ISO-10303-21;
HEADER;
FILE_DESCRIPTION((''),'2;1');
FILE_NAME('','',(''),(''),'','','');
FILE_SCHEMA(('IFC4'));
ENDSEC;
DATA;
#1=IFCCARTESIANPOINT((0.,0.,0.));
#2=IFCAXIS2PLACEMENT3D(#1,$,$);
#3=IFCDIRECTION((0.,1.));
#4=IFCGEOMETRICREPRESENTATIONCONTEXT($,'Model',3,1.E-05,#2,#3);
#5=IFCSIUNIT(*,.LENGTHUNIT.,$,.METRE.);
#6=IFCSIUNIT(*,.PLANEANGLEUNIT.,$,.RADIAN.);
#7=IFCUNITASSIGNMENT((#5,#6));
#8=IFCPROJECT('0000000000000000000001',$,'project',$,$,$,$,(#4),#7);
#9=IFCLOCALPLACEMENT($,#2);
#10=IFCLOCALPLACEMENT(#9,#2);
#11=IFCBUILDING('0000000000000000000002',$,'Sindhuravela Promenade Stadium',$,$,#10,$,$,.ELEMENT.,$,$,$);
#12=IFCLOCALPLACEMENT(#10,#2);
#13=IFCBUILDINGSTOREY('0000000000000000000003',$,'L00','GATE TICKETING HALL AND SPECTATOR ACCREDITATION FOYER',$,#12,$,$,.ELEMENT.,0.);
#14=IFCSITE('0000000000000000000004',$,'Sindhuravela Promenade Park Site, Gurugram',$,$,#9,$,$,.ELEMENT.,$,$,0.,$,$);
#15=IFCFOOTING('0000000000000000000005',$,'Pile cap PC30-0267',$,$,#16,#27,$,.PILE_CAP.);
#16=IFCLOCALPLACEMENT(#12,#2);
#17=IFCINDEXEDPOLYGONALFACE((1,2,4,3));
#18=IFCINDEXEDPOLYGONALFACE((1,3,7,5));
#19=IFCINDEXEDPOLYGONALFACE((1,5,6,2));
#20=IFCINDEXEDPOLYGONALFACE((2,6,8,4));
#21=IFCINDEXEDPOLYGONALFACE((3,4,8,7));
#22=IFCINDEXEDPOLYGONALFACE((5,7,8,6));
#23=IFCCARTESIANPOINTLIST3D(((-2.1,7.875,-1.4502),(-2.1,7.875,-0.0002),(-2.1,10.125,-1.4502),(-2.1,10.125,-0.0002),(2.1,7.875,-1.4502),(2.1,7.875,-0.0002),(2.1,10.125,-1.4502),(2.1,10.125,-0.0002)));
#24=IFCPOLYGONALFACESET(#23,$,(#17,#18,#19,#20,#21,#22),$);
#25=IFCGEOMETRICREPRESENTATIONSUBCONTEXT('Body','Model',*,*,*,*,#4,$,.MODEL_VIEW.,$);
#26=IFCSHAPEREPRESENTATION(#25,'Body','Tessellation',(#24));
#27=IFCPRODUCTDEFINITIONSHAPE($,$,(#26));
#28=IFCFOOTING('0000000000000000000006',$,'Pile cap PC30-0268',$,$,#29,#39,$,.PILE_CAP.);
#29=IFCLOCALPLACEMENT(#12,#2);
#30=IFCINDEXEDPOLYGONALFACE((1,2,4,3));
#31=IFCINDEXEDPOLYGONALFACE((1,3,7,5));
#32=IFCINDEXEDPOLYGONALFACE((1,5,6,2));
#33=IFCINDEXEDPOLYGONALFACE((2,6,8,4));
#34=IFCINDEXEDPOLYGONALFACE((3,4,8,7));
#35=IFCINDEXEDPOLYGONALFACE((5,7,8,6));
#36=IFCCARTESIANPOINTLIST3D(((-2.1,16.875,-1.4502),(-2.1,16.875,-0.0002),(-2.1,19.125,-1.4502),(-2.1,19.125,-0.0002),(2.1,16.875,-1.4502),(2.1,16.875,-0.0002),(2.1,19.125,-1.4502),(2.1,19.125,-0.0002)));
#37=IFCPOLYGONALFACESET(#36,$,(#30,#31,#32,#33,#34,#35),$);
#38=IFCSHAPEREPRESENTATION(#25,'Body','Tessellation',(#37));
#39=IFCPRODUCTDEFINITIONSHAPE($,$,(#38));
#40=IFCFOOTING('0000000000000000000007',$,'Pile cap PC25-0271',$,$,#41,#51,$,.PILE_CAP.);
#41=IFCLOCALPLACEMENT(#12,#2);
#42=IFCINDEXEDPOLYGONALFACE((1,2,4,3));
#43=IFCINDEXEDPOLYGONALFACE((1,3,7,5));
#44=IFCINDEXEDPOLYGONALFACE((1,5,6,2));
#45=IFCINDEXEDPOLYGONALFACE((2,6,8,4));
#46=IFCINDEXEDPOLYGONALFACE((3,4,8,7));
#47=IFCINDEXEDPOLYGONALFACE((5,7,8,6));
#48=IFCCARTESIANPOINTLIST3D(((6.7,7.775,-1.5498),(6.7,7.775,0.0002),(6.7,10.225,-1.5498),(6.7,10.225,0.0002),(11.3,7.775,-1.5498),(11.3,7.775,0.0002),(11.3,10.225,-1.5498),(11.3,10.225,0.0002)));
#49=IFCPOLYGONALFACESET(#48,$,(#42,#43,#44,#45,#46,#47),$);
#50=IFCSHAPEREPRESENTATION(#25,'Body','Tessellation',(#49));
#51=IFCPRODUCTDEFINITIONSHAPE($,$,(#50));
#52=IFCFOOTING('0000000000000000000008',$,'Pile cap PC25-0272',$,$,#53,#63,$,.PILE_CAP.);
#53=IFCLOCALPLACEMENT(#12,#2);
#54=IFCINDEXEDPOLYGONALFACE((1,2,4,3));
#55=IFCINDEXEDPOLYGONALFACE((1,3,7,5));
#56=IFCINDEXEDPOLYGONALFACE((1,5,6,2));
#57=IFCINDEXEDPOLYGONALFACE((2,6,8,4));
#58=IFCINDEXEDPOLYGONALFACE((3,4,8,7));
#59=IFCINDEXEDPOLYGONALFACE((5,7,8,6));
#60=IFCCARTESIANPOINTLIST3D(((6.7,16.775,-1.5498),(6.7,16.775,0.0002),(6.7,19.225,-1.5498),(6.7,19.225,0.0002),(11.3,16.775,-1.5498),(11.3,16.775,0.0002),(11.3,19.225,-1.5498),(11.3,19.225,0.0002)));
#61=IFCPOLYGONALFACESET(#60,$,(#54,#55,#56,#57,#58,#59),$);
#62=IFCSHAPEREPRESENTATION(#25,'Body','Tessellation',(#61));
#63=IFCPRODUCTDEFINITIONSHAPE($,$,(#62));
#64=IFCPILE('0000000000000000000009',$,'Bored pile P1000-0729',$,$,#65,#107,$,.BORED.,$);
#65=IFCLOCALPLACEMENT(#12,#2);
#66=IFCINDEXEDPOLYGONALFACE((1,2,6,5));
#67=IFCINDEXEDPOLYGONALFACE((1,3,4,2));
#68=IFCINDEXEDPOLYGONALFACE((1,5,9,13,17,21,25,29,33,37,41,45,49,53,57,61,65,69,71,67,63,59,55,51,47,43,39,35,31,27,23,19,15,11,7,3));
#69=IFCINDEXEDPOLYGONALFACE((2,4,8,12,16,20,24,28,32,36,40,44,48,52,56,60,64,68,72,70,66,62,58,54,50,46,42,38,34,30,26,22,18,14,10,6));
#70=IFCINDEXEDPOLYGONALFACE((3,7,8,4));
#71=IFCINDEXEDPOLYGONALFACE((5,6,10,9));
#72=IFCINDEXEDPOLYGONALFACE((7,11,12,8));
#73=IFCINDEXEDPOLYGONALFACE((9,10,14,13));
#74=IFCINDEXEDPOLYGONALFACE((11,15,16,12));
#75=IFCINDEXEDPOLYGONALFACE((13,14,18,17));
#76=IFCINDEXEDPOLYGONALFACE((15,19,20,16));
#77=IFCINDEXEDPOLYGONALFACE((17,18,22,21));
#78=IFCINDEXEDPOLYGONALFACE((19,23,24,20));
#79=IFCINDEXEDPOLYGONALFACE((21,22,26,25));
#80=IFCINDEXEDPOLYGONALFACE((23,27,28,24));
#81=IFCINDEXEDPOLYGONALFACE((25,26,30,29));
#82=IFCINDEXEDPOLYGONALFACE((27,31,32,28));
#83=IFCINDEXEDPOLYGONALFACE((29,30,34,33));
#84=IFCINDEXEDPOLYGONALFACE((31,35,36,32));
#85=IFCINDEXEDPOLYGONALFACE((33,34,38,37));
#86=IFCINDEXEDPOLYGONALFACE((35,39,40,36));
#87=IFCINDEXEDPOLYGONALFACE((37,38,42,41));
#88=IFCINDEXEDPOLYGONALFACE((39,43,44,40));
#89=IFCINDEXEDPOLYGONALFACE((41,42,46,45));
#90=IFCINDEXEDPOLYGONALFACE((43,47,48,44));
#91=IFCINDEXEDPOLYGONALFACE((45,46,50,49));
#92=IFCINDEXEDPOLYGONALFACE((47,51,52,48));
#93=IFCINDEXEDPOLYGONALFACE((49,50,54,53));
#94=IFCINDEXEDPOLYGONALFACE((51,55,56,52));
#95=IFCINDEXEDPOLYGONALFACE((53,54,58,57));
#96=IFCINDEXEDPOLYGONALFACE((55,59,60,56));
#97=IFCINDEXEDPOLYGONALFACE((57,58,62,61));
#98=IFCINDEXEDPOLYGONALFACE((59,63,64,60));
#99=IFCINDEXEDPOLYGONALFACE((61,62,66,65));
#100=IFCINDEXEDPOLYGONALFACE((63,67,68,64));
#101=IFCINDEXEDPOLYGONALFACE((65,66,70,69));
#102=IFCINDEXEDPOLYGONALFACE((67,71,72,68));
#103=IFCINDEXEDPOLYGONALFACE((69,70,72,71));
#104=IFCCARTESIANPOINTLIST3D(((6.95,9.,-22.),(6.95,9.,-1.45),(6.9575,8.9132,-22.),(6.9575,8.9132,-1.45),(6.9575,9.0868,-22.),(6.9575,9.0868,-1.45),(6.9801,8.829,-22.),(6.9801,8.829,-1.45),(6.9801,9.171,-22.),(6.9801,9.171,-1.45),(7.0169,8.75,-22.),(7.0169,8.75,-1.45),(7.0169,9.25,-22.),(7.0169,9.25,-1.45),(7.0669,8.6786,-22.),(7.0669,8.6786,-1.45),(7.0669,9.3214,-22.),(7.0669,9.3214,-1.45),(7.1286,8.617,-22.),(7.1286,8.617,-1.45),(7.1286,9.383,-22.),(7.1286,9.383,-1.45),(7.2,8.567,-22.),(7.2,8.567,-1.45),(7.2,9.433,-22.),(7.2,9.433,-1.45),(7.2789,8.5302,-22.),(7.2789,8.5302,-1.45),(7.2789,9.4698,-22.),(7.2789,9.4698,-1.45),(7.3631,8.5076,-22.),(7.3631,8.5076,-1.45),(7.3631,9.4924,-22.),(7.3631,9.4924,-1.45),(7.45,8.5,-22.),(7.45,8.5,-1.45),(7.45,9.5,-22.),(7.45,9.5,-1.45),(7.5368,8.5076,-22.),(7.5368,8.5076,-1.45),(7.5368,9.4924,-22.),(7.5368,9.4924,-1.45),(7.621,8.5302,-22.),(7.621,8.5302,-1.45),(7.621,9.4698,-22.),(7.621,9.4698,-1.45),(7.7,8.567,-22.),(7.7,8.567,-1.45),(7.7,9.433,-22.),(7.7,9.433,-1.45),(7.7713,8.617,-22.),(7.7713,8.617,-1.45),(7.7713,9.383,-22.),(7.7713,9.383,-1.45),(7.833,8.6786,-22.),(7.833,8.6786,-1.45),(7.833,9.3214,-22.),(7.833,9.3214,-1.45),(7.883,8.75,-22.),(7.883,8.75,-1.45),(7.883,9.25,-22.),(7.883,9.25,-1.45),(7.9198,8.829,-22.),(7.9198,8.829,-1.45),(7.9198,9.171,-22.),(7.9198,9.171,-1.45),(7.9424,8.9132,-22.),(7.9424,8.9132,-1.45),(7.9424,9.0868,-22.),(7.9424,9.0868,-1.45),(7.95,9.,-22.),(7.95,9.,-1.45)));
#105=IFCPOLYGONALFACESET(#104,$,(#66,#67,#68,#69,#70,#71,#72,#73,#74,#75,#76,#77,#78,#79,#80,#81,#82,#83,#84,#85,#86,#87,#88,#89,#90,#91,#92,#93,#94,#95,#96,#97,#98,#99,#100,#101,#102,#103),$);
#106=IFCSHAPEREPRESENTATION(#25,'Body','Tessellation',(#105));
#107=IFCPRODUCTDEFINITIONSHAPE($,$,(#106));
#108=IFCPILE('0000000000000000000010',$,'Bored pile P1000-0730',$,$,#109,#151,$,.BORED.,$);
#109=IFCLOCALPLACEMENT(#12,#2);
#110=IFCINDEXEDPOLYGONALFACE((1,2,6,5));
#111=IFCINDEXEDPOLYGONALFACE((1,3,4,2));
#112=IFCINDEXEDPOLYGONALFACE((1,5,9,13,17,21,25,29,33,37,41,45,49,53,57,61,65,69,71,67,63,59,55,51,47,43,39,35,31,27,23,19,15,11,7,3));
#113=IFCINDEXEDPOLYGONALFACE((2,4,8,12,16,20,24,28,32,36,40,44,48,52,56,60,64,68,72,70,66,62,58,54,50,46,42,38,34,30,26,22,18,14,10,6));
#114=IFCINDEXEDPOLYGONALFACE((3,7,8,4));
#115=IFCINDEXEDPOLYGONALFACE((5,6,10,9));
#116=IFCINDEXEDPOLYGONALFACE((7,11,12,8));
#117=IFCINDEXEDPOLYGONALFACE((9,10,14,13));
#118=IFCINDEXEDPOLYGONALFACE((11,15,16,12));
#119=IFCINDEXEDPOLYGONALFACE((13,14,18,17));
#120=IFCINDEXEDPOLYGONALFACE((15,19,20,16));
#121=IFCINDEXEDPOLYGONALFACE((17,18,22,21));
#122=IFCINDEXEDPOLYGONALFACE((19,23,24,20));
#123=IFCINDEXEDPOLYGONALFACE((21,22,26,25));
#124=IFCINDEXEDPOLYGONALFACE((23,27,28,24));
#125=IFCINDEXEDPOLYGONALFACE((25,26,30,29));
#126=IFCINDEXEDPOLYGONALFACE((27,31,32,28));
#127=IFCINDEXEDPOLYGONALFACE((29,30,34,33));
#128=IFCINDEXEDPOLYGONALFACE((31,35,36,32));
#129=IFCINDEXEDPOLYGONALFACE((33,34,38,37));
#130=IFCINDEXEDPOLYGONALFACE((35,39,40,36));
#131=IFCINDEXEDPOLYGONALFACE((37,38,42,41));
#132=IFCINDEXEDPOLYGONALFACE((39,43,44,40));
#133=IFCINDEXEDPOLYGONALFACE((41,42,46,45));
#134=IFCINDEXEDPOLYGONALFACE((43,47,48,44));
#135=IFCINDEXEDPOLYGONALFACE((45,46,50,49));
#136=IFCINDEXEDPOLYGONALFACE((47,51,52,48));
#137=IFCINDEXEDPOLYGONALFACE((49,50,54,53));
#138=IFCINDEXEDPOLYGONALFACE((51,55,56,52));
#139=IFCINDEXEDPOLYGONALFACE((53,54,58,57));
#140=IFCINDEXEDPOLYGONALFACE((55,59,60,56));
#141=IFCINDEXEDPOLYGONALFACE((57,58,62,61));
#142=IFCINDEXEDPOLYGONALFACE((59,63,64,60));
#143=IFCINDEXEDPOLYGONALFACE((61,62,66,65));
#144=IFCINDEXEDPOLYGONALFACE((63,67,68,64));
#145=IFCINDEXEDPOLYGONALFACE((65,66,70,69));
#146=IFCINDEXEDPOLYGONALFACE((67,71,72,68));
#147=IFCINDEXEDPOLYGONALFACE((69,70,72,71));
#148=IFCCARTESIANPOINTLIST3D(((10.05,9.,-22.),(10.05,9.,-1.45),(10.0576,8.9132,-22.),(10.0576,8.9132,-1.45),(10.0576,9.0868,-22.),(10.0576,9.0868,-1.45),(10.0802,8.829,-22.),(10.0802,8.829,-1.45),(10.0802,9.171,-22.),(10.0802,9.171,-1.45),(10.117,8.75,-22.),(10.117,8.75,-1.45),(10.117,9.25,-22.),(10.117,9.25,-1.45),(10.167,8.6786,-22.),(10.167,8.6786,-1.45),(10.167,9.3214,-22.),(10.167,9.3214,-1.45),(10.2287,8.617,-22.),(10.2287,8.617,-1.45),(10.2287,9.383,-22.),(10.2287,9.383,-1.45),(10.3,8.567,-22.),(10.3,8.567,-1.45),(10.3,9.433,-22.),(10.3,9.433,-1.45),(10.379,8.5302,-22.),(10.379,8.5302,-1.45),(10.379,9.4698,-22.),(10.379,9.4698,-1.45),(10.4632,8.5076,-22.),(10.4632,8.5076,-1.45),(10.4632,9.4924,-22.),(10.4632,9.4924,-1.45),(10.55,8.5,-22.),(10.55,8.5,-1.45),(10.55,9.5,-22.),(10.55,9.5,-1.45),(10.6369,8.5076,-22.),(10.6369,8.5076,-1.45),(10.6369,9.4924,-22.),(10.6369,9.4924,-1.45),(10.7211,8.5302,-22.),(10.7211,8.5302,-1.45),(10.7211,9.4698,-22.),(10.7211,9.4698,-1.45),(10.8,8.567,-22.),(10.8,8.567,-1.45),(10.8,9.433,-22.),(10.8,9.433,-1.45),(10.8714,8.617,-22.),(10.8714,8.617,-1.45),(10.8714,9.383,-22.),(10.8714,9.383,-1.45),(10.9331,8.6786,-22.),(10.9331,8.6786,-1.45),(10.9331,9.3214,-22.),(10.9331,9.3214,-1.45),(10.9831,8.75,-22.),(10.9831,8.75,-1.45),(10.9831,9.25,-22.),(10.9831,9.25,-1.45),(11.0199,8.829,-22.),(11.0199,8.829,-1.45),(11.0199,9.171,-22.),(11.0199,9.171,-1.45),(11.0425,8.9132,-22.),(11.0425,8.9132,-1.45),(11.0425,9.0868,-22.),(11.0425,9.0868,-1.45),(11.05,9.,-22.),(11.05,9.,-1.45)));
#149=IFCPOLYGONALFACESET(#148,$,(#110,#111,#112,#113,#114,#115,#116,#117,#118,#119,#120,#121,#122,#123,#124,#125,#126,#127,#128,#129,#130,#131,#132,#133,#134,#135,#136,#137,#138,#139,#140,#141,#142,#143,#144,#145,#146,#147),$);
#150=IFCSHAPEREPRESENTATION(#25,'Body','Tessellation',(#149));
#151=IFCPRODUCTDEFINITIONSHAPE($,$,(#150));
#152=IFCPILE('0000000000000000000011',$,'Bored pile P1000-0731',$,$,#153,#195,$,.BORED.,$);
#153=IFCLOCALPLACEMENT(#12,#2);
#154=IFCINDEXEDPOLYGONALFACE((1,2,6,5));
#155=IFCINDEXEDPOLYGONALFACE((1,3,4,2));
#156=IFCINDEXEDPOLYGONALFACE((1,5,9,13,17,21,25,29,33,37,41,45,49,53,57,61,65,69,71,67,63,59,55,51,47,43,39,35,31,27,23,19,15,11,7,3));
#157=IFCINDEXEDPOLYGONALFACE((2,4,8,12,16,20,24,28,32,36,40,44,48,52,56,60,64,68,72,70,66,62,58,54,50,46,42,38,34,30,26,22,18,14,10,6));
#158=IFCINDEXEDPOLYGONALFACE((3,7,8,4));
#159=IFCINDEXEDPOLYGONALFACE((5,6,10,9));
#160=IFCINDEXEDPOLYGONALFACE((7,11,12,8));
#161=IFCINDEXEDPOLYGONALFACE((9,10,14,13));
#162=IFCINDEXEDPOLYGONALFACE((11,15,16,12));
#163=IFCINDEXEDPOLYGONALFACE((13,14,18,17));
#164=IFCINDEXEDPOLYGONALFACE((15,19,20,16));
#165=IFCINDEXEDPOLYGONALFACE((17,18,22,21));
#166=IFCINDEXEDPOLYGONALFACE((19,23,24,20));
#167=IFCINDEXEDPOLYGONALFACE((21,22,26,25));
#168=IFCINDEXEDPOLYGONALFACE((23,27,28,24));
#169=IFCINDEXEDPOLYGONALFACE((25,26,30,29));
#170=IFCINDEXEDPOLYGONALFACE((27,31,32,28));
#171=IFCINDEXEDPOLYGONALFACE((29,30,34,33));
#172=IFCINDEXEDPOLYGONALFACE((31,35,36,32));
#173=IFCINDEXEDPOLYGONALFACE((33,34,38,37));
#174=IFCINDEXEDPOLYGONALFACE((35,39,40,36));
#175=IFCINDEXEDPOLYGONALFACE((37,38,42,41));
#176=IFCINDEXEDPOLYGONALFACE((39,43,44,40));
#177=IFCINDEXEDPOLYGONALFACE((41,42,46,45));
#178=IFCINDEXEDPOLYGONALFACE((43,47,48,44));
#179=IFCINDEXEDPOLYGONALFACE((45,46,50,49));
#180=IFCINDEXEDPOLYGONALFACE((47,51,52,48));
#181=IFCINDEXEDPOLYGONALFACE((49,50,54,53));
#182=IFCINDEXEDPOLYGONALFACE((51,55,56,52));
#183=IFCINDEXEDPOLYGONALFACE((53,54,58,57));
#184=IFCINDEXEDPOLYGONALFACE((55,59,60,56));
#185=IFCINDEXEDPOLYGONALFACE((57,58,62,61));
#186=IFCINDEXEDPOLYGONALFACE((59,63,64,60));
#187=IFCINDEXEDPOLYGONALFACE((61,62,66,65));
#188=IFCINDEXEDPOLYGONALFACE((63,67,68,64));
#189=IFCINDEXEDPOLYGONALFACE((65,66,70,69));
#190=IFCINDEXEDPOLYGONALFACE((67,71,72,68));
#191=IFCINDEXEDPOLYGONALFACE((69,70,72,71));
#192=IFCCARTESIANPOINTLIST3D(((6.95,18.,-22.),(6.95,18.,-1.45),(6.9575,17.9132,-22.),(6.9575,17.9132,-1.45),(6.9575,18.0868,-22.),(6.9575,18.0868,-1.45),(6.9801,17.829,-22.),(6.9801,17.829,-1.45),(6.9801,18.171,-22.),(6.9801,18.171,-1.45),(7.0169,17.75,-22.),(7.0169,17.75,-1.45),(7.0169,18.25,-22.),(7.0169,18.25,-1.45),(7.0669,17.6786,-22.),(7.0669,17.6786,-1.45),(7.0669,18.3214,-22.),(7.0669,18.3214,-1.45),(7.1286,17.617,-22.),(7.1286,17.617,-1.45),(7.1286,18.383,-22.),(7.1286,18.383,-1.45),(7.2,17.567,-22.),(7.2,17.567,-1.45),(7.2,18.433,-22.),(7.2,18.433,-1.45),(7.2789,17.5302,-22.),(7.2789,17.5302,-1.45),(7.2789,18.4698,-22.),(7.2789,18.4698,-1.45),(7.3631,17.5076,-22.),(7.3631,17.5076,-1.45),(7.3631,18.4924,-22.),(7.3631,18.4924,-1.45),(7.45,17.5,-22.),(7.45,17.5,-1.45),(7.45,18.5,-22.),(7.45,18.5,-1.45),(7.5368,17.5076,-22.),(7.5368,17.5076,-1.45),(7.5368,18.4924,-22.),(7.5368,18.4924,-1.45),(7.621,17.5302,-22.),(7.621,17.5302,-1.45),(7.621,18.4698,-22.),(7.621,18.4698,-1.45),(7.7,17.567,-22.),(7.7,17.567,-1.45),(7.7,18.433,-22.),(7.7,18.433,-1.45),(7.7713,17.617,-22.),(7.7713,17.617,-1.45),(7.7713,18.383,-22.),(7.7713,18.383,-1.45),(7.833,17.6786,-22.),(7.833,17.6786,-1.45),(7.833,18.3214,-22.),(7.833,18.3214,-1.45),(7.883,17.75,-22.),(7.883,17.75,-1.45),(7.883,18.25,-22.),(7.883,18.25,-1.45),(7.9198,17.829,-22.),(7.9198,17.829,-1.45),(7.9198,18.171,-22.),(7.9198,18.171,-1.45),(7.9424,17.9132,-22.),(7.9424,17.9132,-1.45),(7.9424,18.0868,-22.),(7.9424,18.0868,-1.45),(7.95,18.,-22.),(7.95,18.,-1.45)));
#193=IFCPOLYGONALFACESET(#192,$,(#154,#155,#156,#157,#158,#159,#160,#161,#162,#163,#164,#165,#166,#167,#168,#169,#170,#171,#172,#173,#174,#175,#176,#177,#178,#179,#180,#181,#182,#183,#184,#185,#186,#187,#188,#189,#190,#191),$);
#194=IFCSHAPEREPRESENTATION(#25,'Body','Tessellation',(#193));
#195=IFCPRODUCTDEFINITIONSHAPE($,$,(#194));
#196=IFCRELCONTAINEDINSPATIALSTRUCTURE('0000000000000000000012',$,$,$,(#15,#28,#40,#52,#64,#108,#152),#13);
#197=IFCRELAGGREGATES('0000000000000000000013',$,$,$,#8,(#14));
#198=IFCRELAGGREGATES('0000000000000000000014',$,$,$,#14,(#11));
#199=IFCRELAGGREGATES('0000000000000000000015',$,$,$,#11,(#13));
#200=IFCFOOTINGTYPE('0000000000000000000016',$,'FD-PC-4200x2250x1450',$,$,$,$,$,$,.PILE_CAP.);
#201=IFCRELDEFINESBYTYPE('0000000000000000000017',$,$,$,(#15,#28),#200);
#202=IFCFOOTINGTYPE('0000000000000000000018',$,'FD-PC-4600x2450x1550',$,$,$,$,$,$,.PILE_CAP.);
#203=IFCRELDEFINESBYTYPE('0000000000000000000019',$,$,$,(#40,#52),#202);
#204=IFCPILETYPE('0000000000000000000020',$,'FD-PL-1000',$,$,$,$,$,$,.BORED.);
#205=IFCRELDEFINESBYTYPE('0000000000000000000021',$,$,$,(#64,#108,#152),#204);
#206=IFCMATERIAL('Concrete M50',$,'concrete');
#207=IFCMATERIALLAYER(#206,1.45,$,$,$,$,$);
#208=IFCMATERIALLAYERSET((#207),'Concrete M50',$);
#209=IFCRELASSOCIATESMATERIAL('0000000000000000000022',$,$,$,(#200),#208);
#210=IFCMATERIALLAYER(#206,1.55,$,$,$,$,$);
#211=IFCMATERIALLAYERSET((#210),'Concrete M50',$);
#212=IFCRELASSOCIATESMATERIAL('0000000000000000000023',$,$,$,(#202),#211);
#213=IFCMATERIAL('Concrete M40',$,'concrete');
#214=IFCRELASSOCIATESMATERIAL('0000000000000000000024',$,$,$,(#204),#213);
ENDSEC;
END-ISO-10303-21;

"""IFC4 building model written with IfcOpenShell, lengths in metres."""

from ifc_helpers import new_model, si_unit, direction, frame, origin, origin_2d, place, context, subcontext, project, spatial, rectangle, circle, extrude, material, layer, layer_set, material_profile, profile_set, type_object, element, save


model = new_model("IFC4")

# Units and contexts
model_context = context("Model", 3, precision=1e-05, world=origin(), true_north=direction((0.0, 1.0)))
body_context = subcontext(model_context, "Body", "Model", "MODEL_VIEW")
ifc_project = project(units=[si_unit("LENGTHUNIT", "METRE"), si_unit("PLANEANGLEUNIT", "RADIAN")], contexts=[model_context])

# Site, building, storey
site_placement = place(None, origin())
site = spatial("IfcSite", under=ifc_project, at=site_placement, Name="Sindhuravela Promenade Park Site, Gurugram", CompositionType="ELEMENT", RefElevation=0.0)
building_placement = place(site_placement, origin())
building = spatial("IfcBuilding", under=site, at=building_placement, Name="Sindhuravela Promenade Stadium", CompositionType="ELEMENT")
storey_placement = place(building_placement, origin())
storey = spatial("IfcBuildingStorey", under=building, at=storey_placement, Name="L00", Description="GATE TICKETING HALL AND SPECTATOR ACCREDITATION FOYER", CompositionType="ELEMENT", Elevation=0.0)

# Footings
ifc_material_1 = material(Name="Concrete M50", Category="concrete")
ifc_layer_1 = layer(ifc_material_1, 1.45)
ifc_layer_set_1 = layer_set([ifc_layer_1], Name="Concrete M50")
footing_type_1 = type_object("IfcFootingType", Name="FD-PC-4200x2250x1450", PredefinedType="PILE_CAP", material=ifc_layer_set_1)
for number, where, z_axis, x_axis, name in (
    (1, (0.0, 9.0, -1.4502), (0.0, 0.0, 1.0), (1.0, 0.0, 0.0), "Pile cap PC30-0267"),
    (2, (0.0, 18.0, -1.4502), (0.0, 0.0, 1.0), (1.0, 0.0, 0.0), "Pile cap PC30-0268"),
):
    element("IfcFooting", number, at=place(storey_placement, frame(where, z_axis=z_axis, x_axis=x_axis)), inside=storey, type_object=footing_type_1, Name=name, PredefinedType="PILE_CAP", context=body_context, shape_type="SweptSolid", body=[
        extrude(rectangle(XDim=4.2, YDim=2.25, at=origin_2d()), origin(), (0.0, 0.0, 1.0), 1.45),
    ])
ifc_layer_2 = layer(ifc_material_1, 1.55)
ifc_layer_set_2 = layer_set([ifc_layer_2], Name="Concrete M50")
footing_type_2 = type_object("IfcFootingType", Name="FD-PC-4600x2450x1550", PredefinedType="PILE_CAP", material=ifc_layer_set_2)
for number, where, z_axis, x_axis, name in (
    (3, (9.0, 9.0, -1.5498), (0.0, 0.0, 1.0), (1.0, 0.0, 0.0), "Pile cap PC25-0271"),
    (4, (9.0, 18.0, -1.5498), (0.0, 0.0, 1.0), (1.0, 0.0, 0.0), "Pile cap PC25-0272"),
):
    element("IfcFooting", number, at=place(storey_placement, frame(where, z_axis=z_axis, x_axis=x_axis)), inside=storey, type_object=footing_type_2, Name=name, PredefinedType="PILE_CAP", context=body_context, shape_type="SweptSolid", body=[
        extrude(rectangle(XDim=4.6001, YDim=2.45, at=origin_2d()), origin(), (0.0, 0.0, 1.0), 1.55),
    ])

# Piles
ifc_material_2 = material(Name="Concrete M40", Category="concrete")
ifc_material_profile_1 = material_profile(ifc_material_2, circle(Radius=0.5, at=origin_2d()), Name="BORED PILE D1000")
ifc_profile_set_1 = profile_set([ifc_material_profile_1], Name="Concrete M40")
pile_type_1 = type_object("IfcPileType", Name="FD-PL-1000", PredefinedType="BORED", material=ifc_profile_set_1)
for number, where, z_axis, x_axis, name in (
    (5, (7.45, 9.0, -1.45), (0.0, 0.0, -1.0), (1.0, 0.0, 0.0), "Bored pile P1000-0729"),
    (6, (10.55, 9.0, -1.45), (0.0, 0.0, -1.0), (1.0, 0.0, 0.0), "Bored pile P1000-0730"),
    (7, (7.45, 18.0, -1.45), (0.0, 0.0, -1.0), (1.0, 0.0, 0.0), "Bored pile P1000-0731"),
):
    element("IfcPile", number, at=place(storey_placement, frame(where, z_axis=z_axis, x_axis=x_axis)), inside=storey, type_object=pile_type_1, Name=name, PredefinedType="BORED", context=body_context, shape_type="SweptSolid", body=[
        extrude(circle(Radius=0.5, at=origin_2d()), origin(), (0.0, 0.0, 1.0), 20.55),
    ])

save(model, "model.ifc")
